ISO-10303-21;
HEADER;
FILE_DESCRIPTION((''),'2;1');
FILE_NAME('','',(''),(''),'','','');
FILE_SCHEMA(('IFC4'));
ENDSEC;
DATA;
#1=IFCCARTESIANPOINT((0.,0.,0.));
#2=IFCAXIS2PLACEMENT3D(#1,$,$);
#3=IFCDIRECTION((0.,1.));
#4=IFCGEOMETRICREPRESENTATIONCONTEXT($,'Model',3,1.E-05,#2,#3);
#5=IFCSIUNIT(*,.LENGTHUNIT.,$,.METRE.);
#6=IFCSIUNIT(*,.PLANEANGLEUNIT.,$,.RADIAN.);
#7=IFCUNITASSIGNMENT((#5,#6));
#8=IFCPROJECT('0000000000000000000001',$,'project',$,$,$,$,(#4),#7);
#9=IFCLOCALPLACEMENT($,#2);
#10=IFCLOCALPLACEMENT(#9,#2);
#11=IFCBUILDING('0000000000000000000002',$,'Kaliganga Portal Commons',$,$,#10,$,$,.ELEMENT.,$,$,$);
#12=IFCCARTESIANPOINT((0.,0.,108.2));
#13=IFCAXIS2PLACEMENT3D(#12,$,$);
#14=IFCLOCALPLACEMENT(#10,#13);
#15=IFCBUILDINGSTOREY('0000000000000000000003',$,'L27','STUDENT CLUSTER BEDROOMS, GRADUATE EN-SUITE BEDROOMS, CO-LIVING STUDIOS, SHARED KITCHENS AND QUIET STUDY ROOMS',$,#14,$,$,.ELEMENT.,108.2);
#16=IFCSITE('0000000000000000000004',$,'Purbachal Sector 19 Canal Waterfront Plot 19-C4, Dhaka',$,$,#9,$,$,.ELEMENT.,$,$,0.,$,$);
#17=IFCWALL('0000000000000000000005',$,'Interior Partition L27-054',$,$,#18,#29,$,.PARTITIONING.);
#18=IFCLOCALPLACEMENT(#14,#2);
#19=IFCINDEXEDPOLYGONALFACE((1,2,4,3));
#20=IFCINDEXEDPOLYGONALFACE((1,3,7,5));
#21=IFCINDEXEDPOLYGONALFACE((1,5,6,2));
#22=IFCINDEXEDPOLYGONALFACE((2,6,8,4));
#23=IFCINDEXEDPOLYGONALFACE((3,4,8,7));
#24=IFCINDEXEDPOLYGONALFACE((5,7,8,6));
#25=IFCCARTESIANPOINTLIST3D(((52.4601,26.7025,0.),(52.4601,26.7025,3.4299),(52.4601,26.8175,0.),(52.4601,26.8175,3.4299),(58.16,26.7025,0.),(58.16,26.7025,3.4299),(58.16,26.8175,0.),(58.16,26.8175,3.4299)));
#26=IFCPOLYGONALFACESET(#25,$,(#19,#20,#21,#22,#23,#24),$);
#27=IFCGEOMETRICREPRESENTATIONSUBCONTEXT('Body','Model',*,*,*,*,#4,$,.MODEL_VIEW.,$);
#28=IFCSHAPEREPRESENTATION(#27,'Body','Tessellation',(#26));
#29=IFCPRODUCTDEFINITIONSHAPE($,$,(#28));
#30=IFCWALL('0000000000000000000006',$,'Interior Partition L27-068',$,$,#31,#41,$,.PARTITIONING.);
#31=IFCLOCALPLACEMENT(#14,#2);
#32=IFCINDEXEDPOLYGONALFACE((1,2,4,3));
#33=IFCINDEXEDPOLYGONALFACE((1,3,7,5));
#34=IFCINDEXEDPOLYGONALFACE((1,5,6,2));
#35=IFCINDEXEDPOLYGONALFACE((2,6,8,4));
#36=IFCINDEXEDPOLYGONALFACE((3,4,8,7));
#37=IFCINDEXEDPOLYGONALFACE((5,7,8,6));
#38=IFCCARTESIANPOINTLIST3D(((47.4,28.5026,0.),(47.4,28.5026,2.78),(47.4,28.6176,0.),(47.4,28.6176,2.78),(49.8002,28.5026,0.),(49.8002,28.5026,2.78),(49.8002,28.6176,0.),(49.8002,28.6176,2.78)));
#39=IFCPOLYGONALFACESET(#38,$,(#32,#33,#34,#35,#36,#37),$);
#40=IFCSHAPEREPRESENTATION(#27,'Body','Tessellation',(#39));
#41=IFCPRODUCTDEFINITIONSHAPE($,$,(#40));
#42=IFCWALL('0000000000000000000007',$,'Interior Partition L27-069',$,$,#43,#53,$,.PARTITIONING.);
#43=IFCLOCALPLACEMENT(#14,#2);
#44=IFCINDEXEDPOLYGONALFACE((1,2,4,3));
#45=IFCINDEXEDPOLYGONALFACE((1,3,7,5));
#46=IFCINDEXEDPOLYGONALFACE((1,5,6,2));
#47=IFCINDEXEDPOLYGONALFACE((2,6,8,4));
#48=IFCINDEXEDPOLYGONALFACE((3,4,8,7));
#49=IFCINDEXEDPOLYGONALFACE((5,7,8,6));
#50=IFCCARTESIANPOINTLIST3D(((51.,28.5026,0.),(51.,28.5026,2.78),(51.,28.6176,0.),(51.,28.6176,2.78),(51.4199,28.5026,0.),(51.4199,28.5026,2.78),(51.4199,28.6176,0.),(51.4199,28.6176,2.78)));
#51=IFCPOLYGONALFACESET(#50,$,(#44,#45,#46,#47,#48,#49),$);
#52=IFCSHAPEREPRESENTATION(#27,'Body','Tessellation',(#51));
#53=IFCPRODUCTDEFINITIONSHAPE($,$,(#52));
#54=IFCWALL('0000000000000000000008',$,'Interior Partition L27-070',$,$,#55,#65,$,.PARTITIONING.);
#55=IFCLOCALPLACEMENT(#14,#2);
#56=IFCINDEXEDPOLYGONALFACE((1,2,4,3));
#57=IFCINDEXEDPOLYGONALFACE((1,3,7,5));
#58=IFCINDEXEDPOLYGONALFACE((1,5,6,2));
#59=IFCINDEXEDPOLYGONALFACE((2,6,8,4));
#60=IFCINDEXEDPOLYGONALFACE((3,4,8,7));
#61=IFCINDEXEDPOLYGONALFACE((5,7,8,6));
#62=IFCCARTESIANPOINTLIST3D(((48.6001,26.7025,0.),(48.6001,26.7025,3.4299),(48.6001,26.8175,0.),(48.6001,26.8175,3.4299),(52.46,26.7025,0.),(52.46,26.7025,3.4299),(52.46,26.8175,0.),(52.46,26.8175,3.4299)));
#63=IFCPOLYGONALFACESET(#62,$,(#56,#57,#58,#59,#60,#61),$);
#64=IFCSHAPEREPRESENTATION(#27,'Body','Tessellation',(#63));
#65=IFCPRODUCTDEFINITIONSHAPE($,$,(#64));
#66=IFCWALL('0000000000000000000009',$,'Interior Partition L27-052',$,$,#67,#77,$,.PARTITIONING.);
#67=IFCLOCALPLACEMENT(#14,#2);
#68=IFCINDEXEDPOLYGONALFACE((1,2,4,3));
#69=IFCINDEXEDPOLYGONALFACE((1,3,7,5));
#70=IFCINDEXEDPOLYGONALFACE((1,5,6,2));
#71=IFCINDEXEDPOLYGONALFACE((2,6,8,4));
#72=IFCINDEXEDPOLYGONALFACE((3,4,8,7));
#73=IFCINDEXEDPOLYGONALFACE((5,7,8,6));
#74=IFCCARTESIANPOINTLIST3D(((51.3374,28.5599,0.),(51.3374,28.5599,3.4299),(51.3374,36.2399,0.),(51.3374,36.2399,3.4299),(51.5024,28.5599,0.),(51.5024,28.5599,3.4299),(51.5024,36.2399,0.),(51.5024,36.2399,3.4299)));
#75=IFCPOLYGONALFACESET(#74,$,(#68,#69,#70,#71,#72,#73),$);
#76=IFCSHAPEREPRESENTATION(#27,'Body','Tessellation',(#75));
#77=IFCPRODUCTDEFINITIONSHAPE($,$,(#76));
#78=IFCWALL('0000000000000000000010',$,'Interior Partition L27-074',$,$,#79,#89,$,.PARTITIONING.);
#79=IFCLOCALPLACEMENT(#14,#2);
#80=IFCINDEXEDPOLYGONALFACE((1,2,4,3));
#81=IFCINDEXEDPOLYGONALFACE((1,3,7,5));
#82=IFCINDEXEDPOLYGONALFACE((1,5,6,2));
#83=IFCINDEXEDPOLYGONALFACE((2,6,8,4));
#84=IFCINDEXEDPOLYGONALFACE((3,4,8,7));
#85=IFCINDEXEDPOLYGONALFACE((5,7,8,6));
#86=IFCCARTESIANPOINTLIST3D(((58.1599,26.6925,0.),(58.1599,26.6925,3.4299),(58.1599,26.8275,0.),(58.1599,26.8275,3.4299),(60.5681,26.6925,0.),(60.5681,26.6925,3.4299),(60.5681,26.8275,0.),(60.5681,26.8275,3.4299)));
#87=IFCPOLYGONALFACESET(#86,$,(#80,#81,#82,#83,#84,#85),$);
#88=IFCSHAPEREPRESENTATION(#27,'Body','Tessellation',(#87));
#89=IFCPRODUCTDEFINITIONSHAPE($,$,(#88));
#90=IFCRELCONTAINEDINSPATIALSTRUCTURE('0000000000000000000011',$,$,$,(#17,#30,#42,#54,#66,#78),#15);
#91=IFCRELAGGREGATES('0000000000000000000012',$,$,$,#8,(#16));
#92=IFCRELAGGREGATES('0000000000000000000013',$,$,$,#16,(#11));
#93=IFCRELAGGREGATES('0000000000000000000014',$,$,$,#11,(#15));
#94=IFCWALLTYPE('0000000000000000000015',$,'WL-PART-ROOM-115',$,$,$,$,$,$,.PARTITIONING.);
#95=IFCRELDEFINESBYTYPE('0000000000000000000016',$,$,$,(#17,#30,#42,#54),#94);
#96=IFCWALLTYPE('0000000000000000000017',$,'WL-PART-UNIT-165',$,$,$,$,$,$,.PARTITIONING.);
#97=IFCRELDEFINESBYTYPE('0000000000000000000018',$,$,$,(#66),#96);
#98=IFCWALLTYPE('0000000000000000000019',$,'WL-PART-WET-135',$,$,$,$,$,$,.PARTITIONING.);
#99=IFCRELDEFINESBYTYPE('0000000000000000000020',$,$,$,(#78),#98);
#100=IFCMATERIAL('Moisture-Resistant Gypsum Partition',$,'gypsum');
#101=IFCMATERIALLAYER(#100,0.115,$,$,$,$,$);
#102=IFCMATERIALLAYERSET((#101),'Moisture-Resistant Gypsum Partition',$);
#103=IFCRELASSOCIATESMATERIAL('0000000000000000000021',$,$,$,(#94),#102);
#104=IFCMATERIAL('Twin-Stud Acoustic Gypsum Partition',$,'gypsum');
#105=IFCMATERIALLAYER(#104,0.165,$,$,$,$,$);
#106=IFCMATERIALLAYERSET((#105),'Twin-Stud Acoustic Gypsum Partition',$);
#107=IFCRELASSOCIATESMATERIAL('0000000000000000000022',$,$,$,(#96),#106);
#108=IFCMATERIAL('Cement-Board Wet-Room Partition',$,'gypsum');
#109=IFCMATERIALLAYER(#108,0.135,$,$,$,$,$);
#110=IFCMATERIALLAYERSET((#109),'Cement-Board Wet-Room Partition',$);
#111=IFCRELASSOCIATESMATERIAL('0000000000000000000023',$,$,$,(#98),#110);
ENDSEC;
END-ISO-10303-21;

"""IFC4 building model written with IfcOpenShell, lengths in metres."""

from ifc_helpers import new_model, si_unit, direction, frame, frame_2d, origin, place, context, subcontext, project, spatial, rectangle, extrude, material, layer, layer_set, type_object, element, save


model = new_model("IFC4")

# Units and contexts
model_context = context("Model", 3, precision=1e-05, world=origin(), true_north=direction((0.0, 1.0)))
body_context = subcontext(model_context, "Body", "Model", "MODEL_VIEW")
ifc_project = project(units=[si_unit("LENGTHUNIT", "METRE"), si_unit("PLANEANGLEUNIT", "RADIAN")], contexts=[model_context])

# Site, building, storey
site_placement = place(None, origin())
site = spatial("IfcSite", under=ifc_project, at=site_placement, Name="Purbachal Sector 19 Canal Waterfront Plot 19-C4, Dhaka", CompositionType="ELEMENT", RefElevation=0.0)
building_placement = place(site_placement, origin())
building = spatial("IfcBuilding", under=site, at=building_placement, Name="Kaliganga Portal Commons", CompositionType="ELEMENT")
storey_placement = place(building_placement, frame((0.0, 0.0, 108.2)))
storey = spatial("IfcBuildingStorey", under=building, at=storey_placement, Name="L27", Description="STUDENT CLUSTER BEDROOMS, GRADUATE EN-SUITE BEDROOMS, CO-LIVING STUDIOS, SHARED KITCHENS AND QUIET STUDY ROOMS", CompositionType="ELEMENT", Elevation=108.2)

# Walls
ifc_material_1 = material(Name="Moisture-Resistant Gypsum Partition", Category="gypsum")
ifc_layer_1 = layer(ifc_material_1, 0.115)
ifc_layer_set_1 = layer_set([ifc_layer_1], Name="Moisture-Resistant Gypsum Partition")
wall_type_1 = type_object("IfcWallType", Name="WL-PART-ROOM-115", PredefinedType="PARTITIONING", material=ifc_layer_set_1)
wall_1_placement = place(storey_placement, frame((52.46, 26.76, 0.0), z_axis=(0.0, 0.0, 1.0), x_axis=(1.0, 0.0, 0.0)))
element("IfcWall", 1, at=wall_1_placement, inside=storey, type_object=wall_type_1, Name="Interior Partition L27-054", PredefinedType="PARTITIONING", context=body_context, shape_type="SweptSolid", body=[
    extrude(rectangle(XDim=5.7, YDim=0.115, at=frame_2d((2.8501, 0.0))), origin(), (0.0, 0.0, 1.0), 3.4299),
])
wall_2_placement = place(storey_placement, frame((47.3999, 28.5601, 0.0), z_axis=(0.0, 0.0, 1.0), x_axis=(1.0, 0.0, 0.0)))
element("IfcWall", 2, at=wall_2_placement, inside=storey, type_object=wall_type_1, Name="Interior Partition L27-068", PredefinedType="PARTITIONING", context=body_context, shape_type="SweptSolid", body=[
    extrude(rectangle(XDim=2.4001, YDim=0.115, at=frame_2d((1.2002, 0.0))), origin(), (0.0, 0.0, 1.0), 2.78),
])
wall_3_placement = place(storey_placement, frame((51.0, 28.5601, 0.0), z_axis=(0.0, 0.0, 1.0), x_axis=(1.0, 0.0, 0.0)))
element("IfcWall", 3, at=wall_3_placement, inside=storey, type_object=wall_type_1, Name="Interior Partition L27-069", PredefinedType="PARTITIONING", context=body_context, shape_type="SweptSolid", body=[
    extrude(rectangle(XDim=0.4199, YDim=0.115, at=frame_2d((0.21, 0.0))), origin(), (0.0, 0.0, 1.0), 2.78),
])
wall_4_placement = place(storey_placement, frame((48.6001, 26.76, 0.0), z_axis=(0.0, 0.0, 1.0), x_axis=(1.0, 0.0, 0.0)))
element("IfcWall", 4, at=wall_4_placement, inside=storey, type_object=wall_type_1, Name="Interior Partition L27-070", PredefinedType="PARTITIONING", context=body_context, shape_type="SweptSolid", body=[
    extrude(rectangle(XDim=3.8599, YDim=0.115, at=frame_2d((1.9299, 0.0))), origin(), (0.0, 0.0, 1.0), 3.4299),
])
ifc_material_2 = material(Name="Twin-Stud Acoustic Gypsum Partition", Category="gypsum")
ifc_layer_2 = layer(ifc_material_2, 0.165)
ifc_layer_set_2 = layer_set([ifc_layer_2], Name="Twin-Stud Acoustic Gypsum Partition")
wall_type_2 = type_object("IfcWallType", Name="WL-PART-UNIT-165", PredefinedType="PARTITIONING", material=ifc_layer_set_2)
wall_5_placement = place(storey_placement, frame((51.4199, 28.5601, 0.0), z_axis=(0.0, 0.0, 1.0), x_axis=(0.0, 1.0, 0.0)))
element("IfcWall", 5, at=wall_5_placement, inside=storey, type_object=wall_type_2, Name="Interior Partition L27-052", PredefinedType="PARTITIONING", context=body_context, shape_type="SweptSolid", body=[
    extrude(rectangle(XDim=7.6799, YDim=0.165, at=frame_2d((3.8398, 0.0))), origin(), (0.0, 0.0, 1.0), 3.4299),
])
ifc_material_3 = material(Name="Cement-Board Wet-Room Partition", Category="gypsum")
ifc_layer_3 = layer(ifc_material_3, 0.135)
ifc_layer_set_3 = layer_set([ifc_layer_3], Name="Cement-Board Wet-Room Partition")
wall_type_3 = type_object("IfcWallType", Name="WL-PART-WET-135", PredefinedType="PARTITIONING", material=ifc_layer_set_3)
wall_6_placement = place(storey_placement, frame((58.1599, 26.76, 0.0), z_axis=(0.0, 0.0, 1.0), x_axis=(1.0, 0.0, 0.0)))
element("IfcWall", 6, at=wall_6_placement, inside=storey, type_object=wall_type_3, Name="Interior Partition L27-074", PredefinedType="PARTITIONING", context=body_context, shape_type="SweptSolid", body=[
    extrude(rectangle(XDim=2.4082, YDim=0.135, at=frame_2d((1.2041, 0.0))), origin(), (0.0, 0.0, 1.0), 3.4299),
])

save(model, "model.ifc")
